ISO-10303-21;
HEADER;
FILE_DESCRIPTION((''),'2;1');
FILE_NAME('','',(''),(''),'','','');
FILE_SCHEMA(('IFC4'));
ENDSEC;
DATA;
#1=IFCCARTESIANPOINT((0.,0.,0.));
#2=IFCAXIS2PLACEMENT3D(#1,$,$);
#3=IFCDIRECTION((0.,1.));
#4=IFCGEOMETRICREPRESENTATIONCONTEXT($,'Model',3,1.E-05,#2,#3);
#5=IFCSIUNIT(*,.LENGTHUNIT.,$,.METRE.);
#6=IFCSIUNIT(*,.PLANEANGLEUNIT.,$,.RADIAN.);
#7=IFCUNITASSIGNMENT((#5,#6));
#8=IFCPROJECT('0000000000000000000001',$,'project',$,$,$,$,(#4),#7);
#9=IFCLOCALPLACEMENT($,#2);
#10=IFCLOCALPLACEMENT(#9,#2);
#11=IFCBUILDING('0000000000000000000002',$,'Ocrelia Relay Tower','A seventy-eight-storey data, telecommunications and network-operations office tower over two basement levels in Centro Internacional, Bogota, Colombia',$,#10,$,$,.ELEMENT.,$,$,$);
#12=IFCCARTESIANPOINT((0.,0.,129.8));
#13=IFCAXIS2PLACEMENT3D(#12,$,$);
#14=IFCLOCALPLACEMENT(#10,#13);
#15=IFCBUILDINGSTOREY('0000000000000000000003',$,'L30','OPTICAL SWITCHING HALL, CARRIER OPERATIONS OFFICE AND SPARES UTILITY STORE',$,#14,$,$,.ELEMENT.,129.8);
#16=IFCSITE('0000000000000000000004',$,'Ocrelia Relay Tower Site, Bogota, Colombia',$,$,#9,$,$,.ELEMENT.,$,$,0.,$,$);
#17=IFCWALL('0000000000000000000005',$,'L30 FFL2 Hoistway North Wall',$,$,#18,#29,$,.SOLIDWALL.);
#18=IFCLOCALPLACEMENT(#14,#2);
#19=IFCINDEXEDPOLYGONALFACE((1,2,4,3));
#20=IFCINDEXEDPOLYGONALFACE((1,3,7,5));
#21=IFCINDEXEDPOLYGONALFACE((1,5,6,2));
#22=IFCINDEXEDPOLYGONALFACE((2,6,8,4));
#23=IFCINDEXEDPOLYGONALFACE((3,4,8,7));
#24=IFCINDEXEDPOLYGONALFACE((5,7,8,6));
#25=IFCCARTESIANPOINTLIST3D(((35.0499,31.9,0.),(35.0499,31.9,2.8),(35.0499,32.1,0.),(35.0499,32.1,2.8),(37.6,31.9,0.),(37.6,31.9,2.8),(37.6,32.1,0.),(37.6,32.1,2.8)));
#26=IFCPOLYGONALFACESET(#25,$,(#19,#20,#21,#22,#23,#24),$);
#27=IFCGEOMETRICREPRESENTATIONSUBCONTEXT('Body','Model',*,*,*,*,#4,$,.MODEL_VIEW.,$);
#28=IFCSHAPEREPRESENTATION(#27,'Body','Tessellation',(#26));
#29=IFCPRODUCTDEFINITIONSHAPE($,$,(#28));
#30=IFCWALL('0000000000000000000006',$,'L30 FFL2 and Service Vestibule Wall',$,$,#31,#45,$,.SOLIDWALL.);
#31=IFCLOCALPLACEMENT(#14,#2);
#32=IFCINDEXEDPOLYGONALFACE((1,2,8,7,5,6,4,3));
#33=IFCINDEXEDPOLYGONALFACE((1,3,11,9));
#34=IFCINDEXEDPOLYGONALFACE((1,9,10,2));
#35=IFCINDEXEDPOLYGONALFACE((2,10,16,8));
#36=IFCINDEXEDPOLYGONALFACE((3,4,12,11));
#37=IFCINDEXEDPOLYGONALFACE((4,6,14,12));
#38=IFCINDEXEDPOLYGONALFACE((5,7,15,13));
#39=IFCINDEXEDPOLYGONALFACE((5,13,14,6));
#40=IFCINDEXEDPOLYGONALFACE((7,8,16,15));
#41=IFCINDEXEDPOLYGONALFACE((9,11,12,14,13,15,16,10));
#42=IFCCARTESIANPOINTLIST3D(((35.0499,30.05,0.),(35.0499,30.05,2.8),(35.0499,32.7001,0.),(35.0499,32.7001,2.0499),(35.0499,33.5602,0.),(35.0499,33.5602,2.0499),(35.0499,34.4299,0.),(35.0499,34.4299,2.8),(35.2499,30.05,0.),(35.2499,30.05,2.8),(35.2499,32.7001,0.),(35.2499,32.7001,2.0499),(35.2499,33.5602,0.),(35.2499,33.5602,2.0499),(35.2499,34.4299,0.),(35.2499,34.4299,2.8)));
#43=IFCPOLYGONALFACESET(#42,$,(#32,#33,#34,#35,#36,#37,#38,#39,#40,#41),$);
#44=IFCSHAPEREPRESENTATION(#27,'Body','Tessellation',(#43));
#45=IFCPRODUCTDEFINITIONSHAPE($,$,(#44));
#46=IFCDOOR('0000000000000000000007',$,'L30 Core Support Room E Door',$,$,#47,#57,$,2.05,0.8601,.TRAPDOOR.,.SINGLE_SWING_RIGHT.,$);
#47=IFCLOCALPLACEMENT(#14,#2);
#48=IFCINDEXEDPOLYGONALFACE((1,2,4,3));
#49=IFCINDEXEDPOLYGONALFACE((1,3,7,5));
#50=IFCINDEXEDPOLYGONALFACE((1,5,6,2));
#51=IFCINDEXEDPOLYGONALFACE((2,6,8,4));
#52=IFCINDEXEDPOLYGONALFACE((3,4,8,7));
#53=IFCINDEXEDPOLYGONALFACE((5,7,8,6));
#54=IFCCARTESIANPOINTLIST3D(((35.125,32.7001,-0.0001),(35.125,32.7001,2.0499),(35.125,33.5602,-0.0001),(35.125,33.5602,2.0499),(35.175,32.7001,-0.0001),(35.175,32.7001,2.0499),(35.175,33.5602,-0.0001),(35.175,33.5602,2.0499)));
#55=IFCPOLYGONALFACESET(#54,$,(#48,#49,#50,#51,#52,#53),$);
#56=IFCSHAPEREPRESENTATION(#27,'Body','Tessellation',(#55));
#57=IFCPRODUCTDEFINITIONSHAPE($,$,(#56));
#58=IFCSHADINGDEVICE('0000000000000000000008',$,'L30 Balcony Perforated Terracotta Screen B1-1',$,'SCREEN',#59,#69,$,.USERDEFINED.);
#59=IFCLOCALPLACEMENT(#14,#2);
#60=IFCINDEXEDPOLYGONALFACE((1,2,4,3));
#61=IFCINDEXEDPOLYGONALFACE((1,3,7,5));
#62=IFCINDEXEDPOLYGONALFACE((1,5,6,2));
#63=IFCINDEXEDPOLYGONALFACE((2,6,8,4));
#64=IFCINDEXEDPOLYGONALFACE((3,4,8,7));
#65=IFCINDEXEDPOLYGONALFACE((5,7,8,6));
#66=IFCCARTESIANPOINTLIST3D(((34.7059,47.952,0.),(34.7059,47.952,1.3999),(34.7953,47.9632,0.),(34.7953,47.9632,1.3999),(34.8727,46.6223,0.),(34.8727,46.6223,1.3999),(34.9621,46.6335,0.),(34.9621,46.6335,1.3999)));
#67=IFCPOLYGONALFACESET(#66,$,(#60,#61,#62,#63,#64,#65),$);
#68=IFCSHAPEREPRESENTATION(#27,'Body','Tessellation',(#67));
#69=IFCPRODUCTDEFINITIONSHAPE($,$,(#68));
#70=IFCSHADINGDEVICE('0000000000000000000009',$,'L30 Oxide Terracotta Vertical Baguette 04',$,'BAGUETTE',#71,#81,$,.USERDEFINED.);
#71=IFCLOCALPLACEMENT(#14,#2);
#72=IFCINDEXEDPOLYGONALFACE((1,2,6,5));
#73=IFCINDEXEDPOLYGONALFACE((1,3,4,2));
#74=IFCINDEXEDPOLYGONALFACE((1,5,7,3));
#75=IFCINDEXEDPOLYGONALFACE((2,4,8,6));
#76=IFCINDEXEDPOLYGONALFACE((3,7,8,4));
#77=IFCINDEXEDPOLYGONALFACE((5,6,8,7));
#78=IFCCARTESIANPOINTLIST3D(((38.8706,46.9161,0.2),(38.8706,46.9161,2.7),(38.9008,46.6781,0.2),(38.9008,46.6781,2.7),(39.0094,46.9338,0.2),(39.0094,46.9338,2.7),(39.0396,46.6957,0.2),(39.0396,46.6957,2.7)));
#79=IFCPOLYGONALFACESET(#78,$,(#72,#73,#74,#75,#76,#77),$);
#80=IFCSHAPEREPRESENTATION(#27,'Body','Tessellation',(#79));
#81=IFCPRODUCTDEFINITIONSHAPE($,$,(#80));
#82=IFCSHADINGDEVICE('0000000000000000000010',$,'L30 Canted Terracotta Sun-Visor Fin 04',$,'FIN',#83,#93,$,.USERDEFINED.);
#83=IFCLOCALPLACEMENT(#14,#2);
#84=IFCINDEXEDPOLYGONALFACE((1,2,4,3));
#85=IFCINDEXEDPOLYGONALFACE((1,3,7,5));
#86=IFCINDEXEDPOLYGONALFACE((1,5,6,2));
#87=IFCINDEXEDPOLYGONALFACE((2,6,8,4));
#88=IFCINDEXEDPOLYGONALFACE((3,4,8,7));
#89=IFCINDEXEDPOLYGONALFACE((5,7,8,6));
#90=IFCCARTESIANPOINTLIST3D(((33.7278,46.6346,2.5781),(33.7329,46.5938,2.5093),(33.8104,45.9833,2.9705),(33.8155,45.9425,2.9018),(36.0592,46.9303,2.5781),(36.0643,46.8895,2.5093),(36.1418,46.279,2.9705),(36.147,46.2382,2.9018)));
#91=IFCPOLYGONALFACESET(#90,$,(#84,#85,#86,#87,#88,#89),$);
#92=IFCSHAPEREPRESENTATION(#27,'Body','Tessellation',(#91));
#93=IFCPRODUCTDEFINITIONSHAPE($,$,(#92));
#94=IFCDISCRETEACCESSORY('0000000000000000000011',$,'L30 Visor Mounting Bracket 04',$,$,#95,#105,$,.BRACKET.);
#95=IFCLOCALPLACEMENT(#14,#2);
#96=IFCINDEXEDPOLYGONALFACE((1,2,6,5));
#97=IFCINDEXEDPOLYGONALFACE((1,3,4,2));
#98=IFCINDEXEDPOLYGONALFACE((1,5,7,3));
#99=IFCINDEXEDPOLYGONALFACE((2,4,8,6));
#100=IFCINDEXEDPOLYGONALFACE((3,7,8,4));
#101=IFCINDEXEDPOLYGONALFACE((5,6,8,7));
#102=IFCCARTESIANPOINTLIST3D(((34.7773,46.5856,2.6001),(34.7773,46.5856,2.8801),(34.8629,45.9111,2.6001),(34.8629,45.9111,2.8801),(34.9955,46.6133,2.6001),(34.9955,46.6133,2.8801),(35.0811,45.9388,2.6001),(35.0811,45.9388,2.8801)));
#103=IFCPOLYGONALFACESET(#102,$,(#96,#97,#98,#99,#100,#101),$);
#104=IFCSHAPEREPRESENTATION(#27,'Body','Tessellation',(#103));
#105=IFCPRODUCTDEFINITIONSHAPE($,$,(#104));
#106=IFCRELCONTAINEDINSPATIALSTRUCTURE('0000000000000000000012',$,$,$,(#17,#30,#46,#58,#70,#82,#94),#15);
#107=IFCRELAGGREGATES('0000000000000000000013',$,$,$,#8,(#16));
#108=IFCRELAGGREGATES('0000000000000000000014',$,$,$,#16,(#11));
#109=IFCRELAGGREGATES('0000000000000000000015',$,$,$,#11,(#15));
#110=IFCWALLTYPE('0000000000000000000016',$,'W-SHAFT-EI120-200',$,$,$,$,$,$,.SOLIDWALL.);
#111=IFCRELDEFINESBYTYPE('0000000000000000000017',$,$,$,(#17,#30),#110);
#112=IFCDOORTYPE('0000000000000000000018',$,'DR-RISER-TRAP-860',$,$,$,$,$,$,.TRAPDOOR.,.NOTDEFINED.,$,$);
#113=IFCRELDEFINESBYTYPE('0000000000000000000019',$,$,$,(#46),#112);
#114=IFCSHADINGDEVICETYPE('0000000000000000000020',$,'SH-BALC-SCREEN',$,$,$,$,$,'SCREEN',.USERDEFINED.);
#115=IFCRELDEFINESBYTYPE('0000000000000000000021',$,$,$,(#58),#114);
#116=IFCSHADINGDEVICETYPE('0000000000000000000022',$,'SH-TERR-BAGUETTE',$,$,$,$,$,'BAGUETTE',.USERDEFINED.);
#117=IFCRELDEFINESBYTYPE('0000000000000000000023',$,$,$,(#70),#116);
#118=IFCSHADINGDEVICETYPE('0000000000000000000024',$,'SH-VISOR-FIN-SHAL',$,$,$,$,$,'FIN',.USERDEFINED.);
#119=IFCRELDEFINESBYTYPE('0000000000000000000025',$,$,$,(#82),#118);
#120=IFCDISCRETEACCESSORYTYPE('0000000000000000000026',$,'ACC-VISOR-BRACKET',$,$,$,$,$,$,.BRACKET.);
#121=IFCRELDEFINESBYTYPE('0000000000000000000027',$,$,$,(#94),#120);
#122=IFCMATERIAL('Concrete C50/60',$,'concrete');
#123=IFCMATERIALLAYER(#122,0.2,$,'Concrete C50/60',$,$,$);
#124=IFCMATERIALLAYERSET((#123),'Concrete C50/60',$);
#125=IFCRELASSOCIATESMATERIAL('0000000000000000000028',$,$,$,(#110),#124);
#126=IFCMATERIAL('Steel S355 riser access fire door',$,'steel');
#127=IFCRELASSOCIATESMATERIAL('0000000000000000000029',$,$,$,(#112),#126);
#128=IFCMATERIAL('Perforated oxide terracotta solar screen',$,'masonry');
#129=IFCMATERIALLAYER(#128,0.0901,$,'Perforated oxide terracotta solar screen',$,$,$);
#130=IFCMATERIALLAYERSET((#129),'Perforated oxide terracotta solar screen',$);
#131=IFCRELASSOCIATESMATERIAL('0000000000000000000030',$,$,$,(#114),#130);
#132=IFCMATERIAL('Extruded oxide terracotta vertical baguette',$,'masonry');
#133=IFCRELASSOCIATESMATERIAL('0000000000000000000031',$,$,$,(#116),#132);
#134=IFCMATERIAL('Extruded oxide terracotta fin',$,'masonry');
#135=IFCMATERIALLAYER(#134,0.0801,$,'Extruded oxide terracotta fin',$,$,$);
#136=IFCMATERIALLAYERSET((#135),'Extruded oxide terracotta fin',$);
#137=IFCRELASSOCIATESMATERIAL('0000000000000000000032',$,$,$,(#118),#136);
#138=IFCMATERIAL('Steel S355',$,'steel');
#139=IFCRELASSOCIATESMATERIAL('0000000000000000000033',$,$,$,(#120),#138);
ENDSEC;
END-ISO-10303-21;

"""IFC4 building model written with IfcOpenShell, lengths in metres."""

from ifc_helpers import new_model, si_unit, direction, frame, frame_2d, origin, origin_2d, place, context, subcontext, project, spatial, rectangle, extrude, material, layer, layer_set, type_object, element, fill, save


model = new_model("IFC4")

# Units and contexts
model_context = context("Model", 3, precision=1e-05, world=origin(), true_north=direction((0.0, 1.0)))
body_context = subcontext(model_context, "Body", "Model", "MODEL_VIEW")
ifc_project = project(units=[si_unit("LENGTHUNIT", "METRE"), si_unit("PLANEANGLEUNIT", "RADIAN")], contexts=[model_context])

# Site, building, storey
site_placement = place(None, origin())
site = spatial("IfcSite", under=ifc_project, at=site_placement, Name="Ocrelia Relay Tower Site, Bogota, Colombia", CompositionType="ELEMENT", RefElevation=0.0)
building_placement = place(site_placement, origin())
building = spatial("IfcBuilding", under=site, at=building_placement, Name="Ocrelia Relay Tower", Description="A seventy-eight-storey data, telecommunications and network-operations office tower over two basement levels in Centro Internacional, Bogota, Colombia", CompositionType="ELEMENT")
storey_placement = place(building_placement, frame((0.0, 0.0, 129.8)))
storey = spatial("IfcBuildingStorey", under=building, at=storey_placement, Name="L30", Description="OPTICAL SWITCHING HALL, CARRIER OPERATIONS OFFICE AND SPARES UTILITY STORE", CompositionType="ELEMENT", Elevation=129.8)

# Shared definitions
ifc_material_1 = material(Name="Steel S355", Category="steel")

# Shared definitions
ifc_material_2 = material(Name="Concrete C50/60", Category="concrete")

# Shared definitions
ifc_layer_1 = layer(ifc_material_2, 0.2, Name="Concrete C50/60")
ifc_layer_set_1 = layer_set([ifc_layer_1], Name="Concrete C50/60")
wall_type_1 = type_object("IfcWallType", Name="W-SHAFT-EI120-200", PredefinedType="SOLIDWALL", material=ifc_layer_set_1)
ifc_material_3 = material(Name="Steel S355 riser access fire door", Category="steel")
door_type_1 = type_object("IfcDoorType", Name="DR-RISER-TRAP-860", OperationType="NOTDEFINED", PredefinedType="TRAPDOOR", material=ifc_material_3)

# Wall
wall_1_placement = place(storey_placement, frame((35.05, 32.0, 0.0), z_axis=(0.0, 0.0, 1.0), x_axis=(1.0, 0.0, 0.0)))
element("IfcWall", 1, at=wall_1_placement, inside=storey, type_object=wall_type_1, Name="L30 FFL2 Hoistway North Wall", PredefinedType="SOLIDWALL", context=body_context, shape_type="SweptSolid", body=[
    extrude(rectangle(XDim=2.55, YDim=0.2, at=frame_2d((1.2749, 0.0))), origin(), (0.0, 0.0, 1.0), 2.8),
])

# Wall, opening, door
wall_2_placement = place(storey_placement, frame((35.1499, 30.05, 0.0), z_axis=(0.0, 0.0, 1.0), x_axis=(0.0, 1.0, 0.0)))
wall_2 = element("IfcWall", 2, at=wall_2_placement, inside=storey, type_object=wall_type_1, Name="L30 FFL2 and Service Vestibule Wall", PredefinedType="SOLIDWALL", context=body_context, shape_type="SweptSolid", body=[
    extrude(rectangle(XDim=4.3799, YDim=0.2, at=frame_2d((2.1899, 0.0))), origin(), (0.0, 0.0, 1.0), 2.8),
])
opening_1_placement = place(wall_2_placement, frame((2.6499, 0.0, 0.0)))
opening_1 = element("IfcOpeningElement", 3, at=opening_1_placement, cuts=wall_2, PredefinedType="OPENING", context=body_context, shape_type="SweptSolid", body=[
    extrude(rectangle(XDim=0.8601, YDim=2.05, at=frame_2d((0.4302, 1.0249))), frame((0.0, 0.1099, 0.0), z_axis=(0.0, -1.0, 0.0), x_axis=(1.0, 0.0, 0.0)), (0.0, 0.0, 1.0), 0.22),
])
door_1_placement = place(opening_1_placement, origin())
door_1 = element("IfcDoor", 4, at=door_1_placement, inside=storey, type_object=door_type_1, Name="L30 Core Support Room E Door", OperationType="SINGLE_SWING_RIGHT", OverallHeight=2.05, OverallWidth=0.8601, PredefinedType="TRAPDOOR", context=body_context, shape_type="SweptSolid", body=[
    extrude(rectangle(XDim=0.8601, YDim=2.05, at=frame_2d((0.4302, 1.0249))), frame((0.0, 0.0249, 0.0), z_axis=(0.0, -1.0, 0.0), x_axis=(1.0, 0.0, 0.0)), (0.0, 0.0, 1.0), 0.05),
])
fill(opening_1, door_1)

# Shading devices
ifc_material_4 = material(Name="Perforated oxide terracotta solar screen", Category="masonry")
ifc_layer_2 = layer(ifc_material_4, 0.0901, Name="Perforated oxide terracotta solar screen")
ifc_layer_set_2 = layer_set([ifc_layer_2], Name="Perforated oxide terracotta solar screen")
shading_device_type_1 = type_object("IfcShadingDeviceType", Name="SH-BALC-SCREEN", ElementType="SCREEN", PredefinedType="USERDEFINED", material=ifc_layer_set_2)
shading_device_1_placement = place(storey_placement, frame((34.834, 47.2927, 0.0), z_axis=(0.0, 0.0, 1.0), x_axis=(-0.124432, 0.992228, 0.0)))
element("IfcShadingDevice", 5, at=shading_device_1_placement, inside=storey, type_object=shading_device_type_1, Name="L30 Balcony Perforated Terracotta Screen B1-1", ObjectType="SCREEN", PredefinedType="USERDEFINED", context=body_context, shape_type="SweptSolid", body=[
    extrude(rectangle(XDim=1.3401, YDim=0.0901, at=origin_2d()), origin(), (0.0, 0.0, 1.0), 1.3999),
])
ifc_material_5 = material(Name="Extruded oxide terracotta vertical baguette", Category="masonry")
shading_device_type_2 = type_object("IfcShadingDeviceType", Name="SH-TERR-BAGUETTE", ElementType="BAGUETTE", PredefinedType="USERDEFINED", material=ifc_material_5)
shading_device_2_placement = place(storey_placement, frame((38.9551, 46.8059, 0.2), z_axis=(0.0, 0.0, 1.0), x_axis=(-0.992052, -0.125828, 0.0)))
element("IfcShadingDevice", 6, at=shading_device_2_placement, inside=storey, type_object=shading_device_type_2, Name="L30 Oxide Terracotta Vertical Baguette 04", ObjectType="BAGUETTE", PredefinedType="USERDEFINED", context=body_context, shape_type="SweptSolid", body=[
    extrude(rectangle(XDim=0.1399, YDim=0.24, at=origin_2d()), origin(), (0.0, 0.0, 1.0), 2.5),
])
ifc_material_6 = material(Name="Extruded oxide terracotta fin", Category="masonry")
ifc_layer_3 = layer(ifc_material_6, 0.0801, Name="Extruded oxide terracotta fin")
ifc_layer_set_3 = layer_set([ifc_layer_3], Name="Extruded oxide terracotta fin")
shading_device_type_3 = type_object("IfcShadingDeviceType", Name="SH-VISOR-FIN-SHAL", ElementType="FIN", PredefinedType="USERDEFINED", material=ifc_layer_set_3)
shading_device_3_placement = place(storey_placement, frame((34.9399, 46.416, 2.7056), z_axis=(-0.064561, 0.509014, 0.858334), x_axis=(-0.992052, -0.125828, 0.0)))
element("IfcShadingDevice", 7, at=shading_device_3_placement, inside=storey, type_object=shading_device_type_3, Name="L30 Canted Terracotta Sun-Visor Fin 04", ObjectType="FIN", PredefinedType="USERDEFINED", context=body_context, shape_type="SweptSolid", body=[
    extrude(rectangle(XDim=2.3501, YDim=0.7649, at=origin_2d()), origin(), (0.0, 0.0, 1.0), 0.0801),
])

# Discrete accessory
discrete_accessory_type = type_object("IfcDiscreteAccessoryType", Name="ACC-VISOR-BRACKET", PredefinedType="BRACKET", material=ifc_material_1)
discrete_accessory_placement = place(storey_placement, frame((34.9292, 46.2622, 2.6001), z_axis=(0.0, 0.0, 1.0), x_axis=(-0.992052, -0.125828, 0.0)))
element("IfcDiscreteAccessory", 8, at=discrete_accessory_placement, inside=storey, type_object=discrete_accessory_type, Name="L30 Visor Mounting Bracket 04", PredefinedType="BRACKET", context=body_context, shape_type="SweptSolid", body=[
    extrude(rectangle(XDim=0.22, YDim=0.6799, at=origin_2d()), origin(), (0.0, 0.0, 1.0), 0.28),
])

save(model, "model.ifc")
